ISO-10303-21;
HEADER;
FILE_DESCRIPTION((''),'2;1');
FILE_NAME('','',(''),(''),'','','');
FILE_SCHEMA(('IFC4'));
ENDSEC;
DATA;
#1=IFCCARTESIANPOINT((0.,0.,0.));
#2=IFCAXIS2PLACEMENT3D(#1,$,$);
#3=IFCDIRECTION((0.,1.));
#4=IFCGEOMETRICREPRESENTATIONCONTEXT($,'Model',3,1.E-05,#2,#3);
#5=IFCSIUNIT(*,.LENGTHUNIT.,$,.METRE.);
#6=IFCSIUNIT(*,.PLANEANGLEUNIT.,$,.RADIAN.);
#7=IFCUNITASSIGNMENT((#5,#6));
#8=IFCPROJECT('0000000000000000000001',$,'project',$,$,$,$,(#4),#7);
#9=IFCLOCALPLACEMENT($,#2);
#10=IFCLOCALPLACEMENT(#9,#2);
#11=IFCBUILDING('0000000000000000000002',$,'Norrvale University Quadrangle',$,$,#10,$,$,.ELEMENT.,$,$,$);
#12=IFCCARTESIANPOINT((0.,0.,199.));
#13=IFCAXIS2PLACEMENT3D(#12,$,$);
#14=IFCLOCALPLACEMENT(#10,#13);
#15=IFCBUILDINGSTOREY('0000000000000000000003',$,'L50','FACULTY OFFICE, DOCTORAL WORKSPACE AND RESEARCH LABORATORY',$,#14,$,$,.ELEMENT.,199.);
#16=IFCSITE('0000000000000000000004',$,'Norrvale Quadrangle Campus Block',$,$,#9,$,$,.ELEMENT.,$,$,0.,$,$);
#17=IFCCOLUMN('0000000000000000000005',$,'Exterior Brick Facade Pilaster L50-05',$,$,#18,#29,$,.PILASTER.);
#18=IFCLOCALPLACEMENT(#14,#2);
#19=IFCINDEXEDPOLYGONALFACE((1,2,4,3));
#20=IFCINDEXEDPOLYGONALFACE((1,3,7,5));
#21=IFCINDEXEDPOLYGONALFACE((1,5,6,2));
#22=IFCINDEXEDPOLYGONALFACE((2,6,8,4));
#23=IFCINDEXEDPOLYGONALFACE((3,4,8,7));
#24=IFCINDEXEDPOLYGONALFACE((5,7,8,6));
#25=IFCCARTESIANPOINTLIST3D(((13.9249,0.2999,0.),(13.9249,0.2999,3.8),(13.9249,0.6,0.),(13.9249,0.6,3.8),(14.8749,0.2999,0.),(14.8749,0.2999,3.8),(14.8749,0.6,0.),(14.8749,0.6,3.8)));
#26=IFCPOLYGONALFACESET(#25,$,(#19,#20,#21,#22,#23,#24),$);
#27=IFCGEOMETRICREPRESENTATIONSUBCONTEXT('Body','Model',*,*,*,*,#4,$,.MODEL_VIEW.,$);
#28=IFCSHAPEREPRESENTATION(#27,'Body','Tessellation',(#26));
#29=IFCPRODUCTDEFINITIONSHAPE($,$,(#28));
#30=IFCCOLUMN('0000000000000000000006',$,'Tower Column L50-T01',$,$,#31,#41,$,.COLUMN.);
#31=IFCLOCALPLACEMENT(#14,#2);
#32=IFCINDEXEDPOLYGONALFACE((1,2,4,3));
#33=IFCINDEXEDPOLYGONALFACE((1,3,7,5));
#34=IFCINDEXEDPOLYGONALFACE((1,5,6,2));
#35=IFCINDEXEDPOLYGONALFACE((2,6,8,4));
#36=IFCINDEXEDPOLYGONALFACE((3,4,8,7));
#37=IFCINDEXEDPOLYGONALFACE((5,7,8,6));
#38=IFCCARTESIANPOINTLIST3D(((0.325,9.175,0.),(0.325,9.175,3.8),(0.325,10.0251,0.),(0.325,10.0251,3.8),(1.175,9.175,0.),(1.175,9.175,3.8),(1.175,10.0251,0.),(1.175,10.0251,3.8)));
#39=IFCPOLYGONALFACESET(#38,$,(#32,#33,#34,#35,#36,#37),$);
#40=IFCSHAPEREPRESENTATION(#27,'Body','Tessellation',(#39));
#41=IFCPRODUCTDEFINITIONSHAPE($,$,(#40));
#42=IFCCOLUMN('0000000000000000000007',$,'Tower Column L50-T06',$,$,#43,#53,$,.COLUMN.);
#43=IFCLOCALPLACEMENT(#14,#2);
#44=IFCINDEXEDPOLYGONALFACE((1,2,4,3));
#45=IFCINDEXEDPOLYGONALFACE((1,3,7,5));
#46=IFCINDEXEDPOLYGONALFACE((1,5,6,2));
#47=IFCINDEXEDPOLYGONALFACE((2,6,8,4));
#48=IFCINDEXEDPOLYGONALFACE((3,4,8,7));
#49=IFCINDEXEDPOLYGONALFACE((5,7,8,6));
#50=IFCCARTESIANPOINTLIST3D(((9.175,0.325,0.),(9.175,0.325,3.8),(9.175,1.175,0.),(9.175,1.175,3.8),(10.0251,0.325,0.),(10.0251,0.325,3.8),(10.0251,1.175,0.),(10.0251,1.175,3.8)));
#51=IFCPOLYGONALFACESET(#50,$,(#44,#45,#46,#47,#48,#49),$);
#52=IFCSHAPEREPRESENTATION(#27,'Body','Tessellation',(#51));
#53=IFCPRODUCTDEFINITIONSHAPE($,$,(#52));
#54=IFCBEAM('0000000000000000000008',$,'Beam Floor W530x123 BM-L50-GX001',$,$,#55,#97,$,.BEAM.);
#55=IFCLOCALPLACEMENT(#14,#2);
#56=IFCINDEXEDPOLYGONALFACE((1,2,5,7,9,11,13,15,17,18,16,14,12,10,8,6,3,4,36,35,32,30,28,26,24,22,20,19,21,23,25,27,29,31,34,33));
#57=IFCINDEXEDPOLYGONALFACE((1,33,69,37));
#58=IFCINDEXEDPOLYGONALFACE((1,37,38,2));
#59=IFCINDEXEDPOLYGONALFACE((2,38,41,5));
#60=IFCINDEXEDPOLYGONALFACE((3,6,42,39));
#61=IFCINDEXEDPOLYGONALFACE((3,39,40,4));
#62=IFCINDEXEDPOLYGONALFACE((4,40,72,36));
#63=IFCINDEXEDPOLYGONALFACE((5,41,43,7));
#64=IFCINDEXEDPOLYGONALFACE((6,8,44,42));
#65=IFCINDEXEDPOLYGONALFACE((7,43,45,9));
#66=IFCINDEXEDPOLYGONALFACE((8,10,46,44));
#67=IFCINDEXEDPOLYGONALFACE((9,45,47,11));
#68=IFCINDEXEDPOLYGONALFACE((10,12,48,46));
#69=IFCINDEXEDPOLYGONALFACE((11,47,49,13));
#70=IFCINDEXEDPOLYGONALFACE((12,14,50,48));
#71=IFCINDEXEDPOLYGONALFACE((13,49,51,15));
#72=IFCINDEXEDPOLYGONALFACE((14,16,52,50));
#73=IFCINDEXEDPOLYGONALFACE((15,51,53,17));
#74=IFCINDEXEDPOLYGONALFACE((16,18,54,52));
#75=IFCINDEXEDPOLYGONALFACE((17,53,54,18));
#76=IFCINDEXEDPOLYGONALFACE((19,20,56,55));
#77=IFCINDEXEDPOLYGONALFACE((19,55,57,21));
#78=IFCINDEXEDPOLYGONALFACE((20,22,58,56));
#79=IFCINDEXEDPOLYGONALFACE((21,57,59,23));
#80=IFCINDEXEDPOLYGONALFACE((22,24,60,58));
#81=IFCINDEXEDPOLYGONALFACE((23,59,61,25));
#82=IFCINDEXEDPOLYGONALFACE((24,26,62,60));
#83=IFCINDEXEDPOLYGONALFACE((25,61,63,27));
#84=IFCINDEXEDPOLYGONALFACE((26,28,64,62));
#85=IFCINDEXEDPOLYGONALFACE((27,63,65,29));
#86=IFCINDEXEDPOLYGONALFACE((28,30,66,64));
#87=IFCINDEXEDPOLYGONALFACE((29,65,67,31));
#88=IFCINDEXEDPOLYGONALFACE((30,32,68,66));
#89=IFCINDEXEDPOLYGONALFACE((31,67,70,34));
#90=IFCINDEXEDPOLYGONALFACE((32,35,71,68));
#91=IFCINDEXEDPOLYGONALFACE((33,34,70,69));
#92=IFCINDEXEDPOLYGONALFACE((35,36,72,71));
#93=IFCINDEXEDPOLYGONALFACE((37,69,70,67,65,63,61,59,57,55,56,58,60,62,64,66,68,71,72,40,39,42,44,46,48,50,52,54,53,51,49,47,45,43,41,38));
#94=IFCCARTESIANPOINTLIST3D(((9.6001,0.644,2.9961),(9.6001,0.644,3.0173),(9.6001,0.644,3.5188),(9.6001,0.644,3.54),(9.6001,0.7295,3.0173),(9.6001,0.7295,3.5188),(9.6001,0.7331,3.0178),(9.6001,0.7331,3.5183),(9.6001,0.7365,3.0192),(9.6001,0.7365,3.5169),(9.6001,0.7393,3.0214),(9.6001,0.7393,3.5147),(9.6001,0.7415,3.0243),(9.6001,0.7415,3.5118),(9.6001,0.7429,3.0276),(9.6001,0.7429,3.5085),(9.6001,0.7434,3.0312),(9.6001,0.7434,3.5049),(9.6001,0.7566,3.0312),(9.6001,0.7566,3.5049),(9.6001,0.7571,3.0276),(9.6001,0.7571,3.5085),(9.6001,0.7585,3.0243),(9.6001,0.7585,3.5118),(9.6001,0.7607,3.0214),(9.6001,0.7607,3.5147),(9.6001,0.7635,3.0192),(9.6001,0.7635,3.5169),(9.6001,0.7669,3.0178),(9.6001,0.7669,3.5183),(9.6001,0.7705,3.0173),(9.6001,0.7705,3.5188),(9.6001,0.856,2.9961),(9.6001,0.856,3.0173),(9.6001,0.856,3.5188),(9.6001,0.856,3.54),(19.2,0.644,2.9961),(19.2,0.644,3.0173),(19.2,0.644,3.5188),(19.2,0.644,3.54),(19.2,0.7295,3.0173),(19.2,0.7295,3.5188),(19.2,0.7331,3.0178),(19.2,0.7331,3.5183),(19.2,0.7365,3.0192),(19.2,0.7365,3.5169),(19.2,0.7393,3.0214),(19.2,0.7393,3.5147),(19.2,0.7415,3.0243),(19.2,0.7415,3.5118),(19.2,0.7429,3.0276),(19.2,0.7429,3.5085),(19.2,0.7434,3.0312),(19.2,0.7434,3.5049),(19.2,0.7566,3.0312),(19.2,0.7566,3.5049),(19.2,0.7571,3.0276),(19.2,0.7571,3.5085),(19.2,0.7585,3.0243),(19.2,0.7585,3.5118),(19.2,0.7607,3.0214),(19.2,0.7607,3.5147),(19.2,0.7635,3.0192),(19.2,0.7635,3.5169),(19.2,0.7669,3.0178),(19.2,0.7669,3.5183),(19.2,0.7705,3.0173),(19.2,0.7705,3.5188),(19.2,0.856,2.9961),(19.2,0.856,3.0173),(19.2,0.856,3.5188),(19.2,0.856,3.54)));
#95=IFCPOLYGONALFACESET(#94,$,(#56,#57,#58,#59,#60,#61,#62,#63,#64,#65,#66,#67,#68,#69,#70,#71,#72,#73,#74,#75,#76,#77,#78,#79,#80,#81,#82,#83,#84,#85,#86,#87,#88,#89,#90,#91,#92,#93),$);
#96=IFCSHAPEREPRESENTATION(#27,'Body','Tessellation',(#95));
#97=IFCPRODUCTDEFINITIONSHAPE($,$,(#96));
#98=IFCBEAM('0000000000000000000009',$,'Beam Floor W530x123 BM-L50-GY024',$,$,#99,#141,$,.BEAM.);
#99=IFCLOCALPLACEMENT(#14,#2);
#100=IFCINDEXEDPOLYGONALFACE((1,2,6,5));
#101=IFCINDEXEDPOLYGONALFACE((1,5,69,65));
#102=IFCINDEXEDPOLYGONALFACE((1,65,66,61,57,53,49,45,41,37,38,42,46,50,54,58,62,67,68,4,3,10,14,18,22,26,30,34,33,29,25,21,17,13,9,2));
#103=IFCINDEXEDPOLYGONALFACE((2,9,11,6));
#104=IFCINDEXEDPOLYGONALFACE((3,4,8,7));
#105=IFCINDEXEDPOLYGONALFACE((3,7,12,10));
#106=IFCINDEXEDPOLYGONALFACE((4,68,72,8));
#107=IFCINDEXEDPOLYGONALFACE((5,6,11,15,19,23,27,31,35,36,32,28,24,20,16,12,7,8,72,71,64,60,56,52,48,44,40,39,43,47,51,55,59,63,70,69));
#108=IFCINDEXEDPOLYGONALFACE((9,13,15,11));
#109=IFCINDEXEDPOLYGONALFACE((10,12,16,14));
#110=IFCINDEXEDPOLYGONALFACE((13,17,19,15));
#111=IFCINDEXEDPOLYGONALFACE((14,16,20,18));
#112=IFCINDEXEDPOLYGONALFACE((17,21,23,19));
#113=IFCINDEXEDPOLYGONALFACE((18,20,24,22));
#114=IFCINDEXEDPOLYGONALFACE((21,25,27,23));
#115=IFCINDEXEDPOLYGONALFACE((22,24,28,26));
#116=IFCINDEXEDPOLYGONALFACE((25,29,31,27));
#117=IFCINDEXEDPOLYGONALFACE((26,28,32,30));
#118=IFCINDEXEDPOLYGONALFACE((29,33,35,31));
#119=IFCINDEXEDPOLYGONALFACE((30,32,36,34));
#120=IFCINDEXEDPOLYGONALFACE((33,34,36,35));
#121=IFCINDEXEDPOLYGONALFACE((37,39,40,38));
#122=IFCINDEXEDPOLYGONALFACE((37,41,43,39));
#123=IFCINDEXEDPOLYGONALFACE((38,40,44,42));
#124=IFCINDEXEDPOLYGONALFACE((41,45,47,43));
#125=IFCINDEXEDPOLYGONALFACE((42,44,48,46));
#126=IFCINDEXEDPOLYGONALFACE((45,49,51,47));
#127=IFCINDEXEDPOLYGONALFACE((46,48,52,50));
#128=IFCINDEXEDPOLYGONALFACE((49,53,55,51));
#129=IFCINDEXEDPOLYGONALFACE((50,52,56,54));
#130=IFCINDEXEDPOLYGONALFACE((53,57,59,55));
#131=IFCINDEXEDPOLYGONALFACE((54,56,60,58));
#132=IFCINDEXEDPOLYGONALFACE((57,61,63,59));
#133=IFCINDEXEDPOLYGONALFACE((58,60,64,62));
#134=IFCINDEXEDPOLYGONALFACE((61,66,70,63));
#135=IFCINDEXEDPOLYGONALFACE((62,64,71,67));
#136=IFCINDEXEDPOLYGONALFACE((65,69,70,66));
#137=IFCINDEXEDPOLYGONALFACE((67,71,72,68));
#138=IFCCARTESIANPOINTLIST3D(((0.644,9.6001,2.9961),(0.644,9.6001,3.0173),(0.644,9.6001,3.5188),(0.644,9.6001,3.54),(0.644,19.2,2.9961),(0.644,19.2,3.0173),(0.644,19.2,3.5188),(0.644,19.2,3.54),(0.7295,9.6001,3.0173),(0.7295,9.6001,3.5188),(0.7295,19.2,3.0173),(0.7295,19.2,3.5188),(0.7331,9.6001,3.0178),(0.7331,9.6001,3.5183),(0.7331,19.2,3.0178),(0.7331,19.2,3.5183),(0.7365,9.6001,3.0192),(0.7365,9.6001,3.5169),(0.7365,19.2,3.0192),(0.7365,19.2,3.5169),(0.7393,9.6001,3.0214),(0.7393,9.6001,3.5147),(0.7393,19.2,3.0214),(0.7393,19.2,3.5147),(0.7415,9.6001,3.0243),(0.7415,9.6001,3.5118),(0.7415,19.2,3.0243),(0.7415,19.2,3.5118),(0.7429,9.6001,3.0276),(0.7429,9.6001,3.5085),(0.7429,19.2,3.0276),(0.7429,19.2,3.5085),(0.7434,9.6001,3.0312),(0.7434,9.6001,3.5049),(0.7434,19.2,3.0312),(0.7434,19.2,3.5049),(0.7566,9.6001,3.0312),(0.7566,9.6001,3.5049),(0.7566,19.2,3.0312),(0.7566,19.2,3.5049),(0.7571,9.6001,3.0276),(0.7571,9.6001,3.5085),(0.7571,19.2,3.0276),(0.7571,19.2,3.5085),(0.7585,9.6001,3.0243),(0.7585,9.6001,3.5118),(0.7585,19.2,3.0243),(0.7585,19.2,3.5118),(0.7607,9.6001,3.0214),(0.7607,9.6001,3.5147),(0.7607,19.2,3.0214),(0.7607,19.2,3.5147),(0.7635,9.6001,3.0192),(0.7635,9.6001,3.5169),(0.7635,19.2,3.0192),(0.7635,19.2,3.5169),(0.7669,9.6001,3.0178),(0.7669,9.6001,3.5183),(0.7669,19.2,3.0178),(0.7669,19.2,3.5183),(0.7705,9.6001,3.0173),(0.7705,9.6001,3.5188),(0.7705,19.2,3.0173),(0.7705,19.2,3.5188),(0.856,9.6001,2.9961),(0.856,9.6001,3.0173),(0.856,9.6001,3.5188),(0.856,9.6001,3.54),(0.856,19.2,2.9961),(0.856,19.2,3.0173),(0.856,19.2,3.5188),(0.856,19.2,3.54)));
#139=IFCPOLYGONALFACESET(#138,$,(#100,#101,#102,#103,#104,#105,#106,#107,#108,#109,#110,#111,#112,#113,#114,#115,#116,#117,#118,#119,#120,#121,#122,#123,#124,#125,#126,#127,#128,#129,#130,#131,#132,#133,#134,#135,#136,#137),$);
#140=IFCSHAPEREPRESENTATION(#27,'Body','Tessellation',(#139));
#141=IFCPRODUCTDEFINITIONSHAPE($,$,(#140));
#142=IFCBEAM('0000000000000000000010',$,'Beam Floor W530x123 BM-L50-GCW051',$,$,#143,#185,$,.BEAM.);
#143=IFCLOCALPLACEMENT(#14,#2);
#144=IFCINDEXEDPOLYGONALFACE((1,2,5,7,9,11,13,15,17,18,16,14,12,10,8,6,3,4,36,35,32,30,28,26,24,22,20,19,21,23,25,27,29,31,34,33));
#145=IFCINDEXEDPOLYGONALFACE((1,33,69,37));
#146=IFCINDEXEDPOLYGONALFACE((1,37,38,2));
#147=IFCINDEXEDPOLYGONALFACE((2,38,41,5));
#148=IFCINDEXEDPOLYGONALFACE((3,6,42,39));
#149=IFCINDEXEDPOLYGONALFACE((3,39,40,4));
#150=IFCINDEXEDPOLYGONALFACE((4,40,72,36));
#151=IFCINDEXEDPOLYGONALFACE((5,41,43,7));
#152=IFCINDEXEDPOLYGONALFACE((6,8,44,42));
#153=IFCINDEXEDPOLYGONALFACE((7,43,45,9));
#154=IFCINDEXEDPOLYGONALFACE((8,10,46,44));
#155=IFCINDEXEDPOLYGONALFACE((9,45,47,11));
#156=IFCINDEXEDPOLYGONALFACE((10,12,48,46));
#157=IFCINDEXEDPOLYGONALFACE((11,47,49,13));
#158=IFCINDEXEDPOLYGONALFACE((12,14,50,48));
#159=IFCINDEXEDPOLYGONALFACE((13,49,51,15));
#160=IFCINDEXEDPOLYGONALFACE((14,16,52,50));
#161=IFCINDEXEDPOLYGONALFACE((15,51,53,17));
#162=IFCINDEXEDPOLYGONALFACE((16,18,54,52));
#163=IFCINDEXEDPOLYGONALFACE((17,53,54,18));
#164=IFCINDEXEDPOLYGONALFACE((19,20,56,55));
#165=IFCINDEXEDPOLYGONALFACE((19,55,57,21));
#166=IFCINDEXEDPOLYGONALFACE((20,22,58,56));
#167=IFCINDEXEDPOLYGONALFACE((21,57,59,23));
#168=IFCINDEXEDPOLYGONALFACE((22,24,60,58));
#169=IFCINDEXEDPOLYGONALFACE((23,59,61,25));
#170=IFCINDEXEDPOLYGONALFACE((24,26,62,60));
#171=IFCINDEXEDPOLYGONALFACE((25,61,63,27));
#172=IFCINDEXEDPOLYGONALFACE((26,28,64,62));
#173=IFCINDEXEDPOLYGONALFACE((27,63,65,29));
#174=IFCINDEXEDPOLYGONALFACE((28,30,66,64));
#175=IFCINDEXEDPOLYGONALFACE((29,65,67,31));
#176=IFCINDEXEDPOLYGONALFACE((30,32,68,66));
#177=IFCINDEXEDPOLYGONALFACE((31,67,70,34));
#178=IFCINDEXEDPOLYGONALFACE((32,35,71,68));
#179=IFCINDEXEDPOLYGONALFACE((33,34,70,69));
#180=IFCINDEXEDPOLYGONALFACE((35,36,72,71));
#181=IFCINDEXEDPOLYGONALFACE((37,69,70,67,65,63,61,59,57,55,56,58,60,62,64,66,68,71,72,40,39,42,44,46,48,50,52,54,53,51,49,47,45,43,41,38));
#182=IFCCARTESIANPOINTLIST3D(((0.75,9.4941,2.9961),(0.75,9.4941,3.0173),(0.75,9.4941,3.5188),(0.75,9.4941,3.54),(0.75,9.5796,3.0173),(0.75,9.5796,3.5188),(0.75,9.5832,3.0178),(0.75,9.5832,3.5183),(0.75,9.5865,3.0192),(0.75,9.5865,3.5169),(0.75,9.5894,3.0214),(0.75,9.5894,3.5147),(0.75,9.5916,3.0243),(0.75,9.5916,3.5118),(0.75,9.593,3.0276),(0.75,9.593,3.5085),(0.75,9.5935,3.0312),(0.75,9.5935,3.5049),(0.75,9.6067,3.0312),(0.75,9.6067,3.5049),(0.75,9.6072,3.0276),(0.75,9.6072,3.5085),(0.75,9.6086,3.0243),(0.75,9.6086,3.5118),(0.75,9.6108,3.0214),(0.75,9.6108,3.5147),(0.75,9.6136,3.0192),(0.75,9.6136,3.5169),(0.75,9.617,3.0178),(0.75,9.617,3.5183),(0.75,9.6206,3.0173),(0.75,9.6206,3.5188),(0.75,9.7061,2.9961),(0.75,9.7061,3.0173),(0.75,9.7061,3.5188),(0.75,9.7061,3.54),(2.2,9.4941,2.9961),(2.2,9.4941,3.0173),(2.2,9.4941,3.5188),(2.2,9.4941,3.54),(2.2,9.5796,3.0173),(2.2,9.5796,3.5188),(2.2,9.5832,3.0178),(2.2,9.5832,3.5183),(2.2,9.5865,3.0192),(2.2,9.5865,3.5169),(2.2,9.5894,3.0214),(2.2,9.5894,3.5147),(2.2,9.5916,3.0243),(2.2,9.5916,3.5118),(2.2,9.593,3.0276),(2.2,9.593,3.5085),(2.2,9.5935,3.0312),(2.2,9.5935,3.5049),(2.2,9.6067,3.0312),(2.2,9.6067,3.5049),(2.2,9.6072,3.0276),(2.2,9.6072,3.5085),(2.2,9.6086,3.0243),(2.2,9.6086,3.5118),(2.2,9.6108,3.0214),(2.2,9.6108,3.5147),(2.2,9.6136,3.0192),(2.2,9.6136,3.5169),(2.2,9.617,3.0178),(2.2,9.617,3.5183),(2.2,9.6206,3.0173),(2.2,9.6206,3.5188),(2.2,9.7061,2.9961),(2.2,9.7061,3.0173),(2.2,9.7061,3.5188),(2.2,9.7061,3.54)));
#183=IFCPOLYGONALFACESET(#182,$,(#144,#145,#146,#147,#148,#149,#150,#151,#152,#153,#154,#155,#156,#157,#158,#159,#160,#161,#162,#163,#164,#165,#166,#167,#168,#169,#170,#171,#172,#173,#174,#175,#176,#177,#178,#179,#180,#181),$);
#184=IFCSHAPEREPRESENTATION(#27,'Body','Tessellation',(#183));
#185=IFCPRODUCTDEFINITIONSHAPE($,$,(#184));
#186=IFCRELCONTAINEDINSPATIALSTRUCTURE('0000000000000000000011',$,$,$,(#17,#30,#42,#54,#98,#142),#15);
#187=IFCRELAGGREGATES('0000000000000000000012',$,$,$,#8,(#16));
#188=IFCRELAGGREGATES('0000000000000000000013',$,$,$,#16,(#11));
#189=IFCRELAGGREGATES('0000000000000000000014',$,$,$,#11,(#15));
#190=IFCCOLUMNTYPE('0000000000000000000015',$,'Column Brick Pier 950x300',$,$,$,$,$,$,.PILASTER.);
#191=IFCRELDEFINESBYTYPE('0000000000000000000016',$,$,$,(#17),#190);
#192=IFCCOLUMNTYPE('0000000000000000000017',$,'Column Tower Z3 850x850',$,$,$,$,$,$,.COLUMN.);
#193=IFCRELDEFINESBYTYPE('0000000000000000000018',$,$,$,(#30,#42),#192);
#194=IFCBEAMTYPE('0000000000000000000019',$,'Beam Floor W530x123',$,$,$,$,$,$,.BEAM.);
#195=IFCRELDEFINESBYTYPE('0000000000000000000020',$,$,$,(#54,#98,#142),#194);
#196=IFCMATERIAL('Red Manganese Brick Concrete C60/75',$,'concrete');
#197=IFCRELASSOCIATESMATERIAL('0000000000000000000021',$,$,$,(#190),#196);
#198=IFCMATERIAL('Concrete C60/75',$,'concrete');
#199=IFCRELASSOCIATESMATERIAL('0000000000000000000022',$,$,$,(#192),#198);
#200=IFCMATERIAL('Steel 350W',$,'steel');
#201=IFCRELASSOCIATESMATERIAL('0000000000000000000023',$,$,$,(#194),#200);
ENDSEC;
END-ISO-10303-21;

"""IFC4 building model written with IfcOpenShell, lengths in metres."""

from ifc_helpers import new_model, si_unit, direction, frame, origin, origin_2d, place, context, subcontext, project, spatial, rectangle, i_section, extrude, material, material_profile, profile_set, type_object, element, save


model = new_model("IFC4")

# Units and contexts
model_context = context("Model", 3, precision=1e-05, world=origin(), true_north=direction((0.0, 1.0)))
body_context = subcontext(model_context, "Body", "Model", "MODEL_VIEW")
ifc_project = project(units=[si_unit("LENGTHUNIT", "METRE"), si_unit("PLANEANGLEUNIT", "RADIAN")], contexts=[model_context])

# Site, building, storey
site_placement = place(None, origin())
site = spatial("IfcSite", under=ifc_project, at=site_placement, Name="Norrvale Quadrangle Campus Block", CompositionType="ELEMENT", RefElevation=0.0)
building_placement = place(site_placement, origin())
building = spatial("IfcBuilding", under=site, at=building_placement, Name="Norrvale University Quadrangle", CompositionType="ELEMENT")
storey_placement = place(building_placement, frame((0.0, 0.0, 199.0)))
storey = spatial("IfcBuildingStorey", under=building, at=storey_placement, Name="L50", Description="FACULTY OFFICE, DOCTORAL WORKSPACE AND RESEARCH LABORATORY", CompositionType="ELEMENT", Elevation=199.0)

# Columns
ifc_material_1 = material(Name="Red Manganese Brick Concrete C60/75", Category="concrete")
ifc_material_profile_1 = material_profile(ifc_material_1, rectangle(XDim=0.95, YDim=0.3, at=origin_2d()), Name="Red Manganese Brick Concrete C60/75")
ifc_profile_set_1 = profile_set([ifc_material_profile_1], Name="Red Manganese Brick Concrete C60/75")
column_type_1 = type_object("IfcColumnType", Name="Column Brick Pier 950x300", PredefinedType="PILASTER", material=ifc_profile_set_1)
column_placement = place(storey_placement, frame((14.3999, 0.45, 0.0), z_axis=(0.0, 0.0, 1.0), x_axis=(1.0, 0.0, 0.0)))
element("IfcColumn", 1, at=column_placement, inside=storey, type_object=column_type_1, Name="Exterior Brick Facade Pilaster L50-05", PredefinedType="PILASTER", context=body_context, shape_type="SweptSolid", body=[
    extrude(rectangle(XDim=0.95, YDim=0.3, at=origin_2d()), origin(), (0.0, 0.0, 1.0), 3.8),
])
ifc_material_2 = material(Name="Concrete C60/75", Category="concrete")
ifc_material_profile_2 = material_profile(ifc_material_2, rectangle(XDim=0.8501, YDim=0.8501, at=origin_2d()), Name="Concrete C60/75")
ifc_profile_set_2 = profile_set([ifc_material_profile_2], Name="Concrete C60/75")
column_type_2 = type_object("IfcColumnType", Name="Column Tower Z3 850x850", PredefinedType="COLUMN", material=ifc_profile_set_2)
for number, where, z_axis, x_axis, name in (
    (2, (0.75, 9.6001, 0.0), (0.0, 0.0, 1.0), (1.0, 0.0, 0.0), "Tower Column L50-T01"),
    (3, (9.6001, 0.75, 0.0), (0.0, 0.0, 1.0), (1.0, 0.0, 0.0), "Tower Column L50-T06"),
):
    element("IfcColumn", number, at=place(storey_placement, frame(where, z_axis=z_axis, x_axis=x_axis)), inside=storey, type_object=column_type_2, Name=name, PredefinedType="COLUMN", context=body_context, shape_type="SweptSolid", body=[
        extrude(rectangle(XDim=0.8501, YDim=0.8501, at=origin_2d()), origin(), (0.0, 0.0, 1.0), 3.8),
    ])

# Beams
ifc_material_3 = material(Name="Steel 350W", Category="steel")
ifc_material_profile_3 = material_profile(ifc_material_3, i_section(OverallWidth=0.2119, OverallDepth=0.5439, WebThickness=0.0132, FlangeThickness=0.0212, FilletRadius=0.0139, at=origin_2d()), Name="Steel 350W")
ifc_profile_set_3 = profile_set([ifc_material_profile_3], Name="Steel 350W")
beam_type_1 = type_object("IfcBeamType", Name="Beam Floor W530x123", PredefinedType="BEAM", material=ifc_profile_set_3)
for number, where, z_axis, x_axis, name in (
    (4, (9.6001, 0.75, 3.2681), (1.0, 0.0, 0.0), (0.0, 1.0, 0.0), "Beam Floor W530x123 BM-L50-GX001"),
    (5, (0.75, 9.6001, 3.2681), (0.0, 1.0, 0.0), (-1.0, 0.0, 0.0), "Beam Floor W530x123 BM-L50-GY024"),
):
    element("IfcBeam", number, at=place(storey_placement, frame(where, z_axis=z_axis, x_axis=x_axis)), inside=storey, type_object=beam_type_1, Name=name, PredefinedType="BEAM", context=body_context, shape_type="SweptSolid", body=[
        extrude(i_section(OverallWidth=0.2119, OverallDepth=0.5439, WebThickness=0.0132, FlangeThickness=0.0212, FilletRadius=0.0139, at=origin_2d()), origin(), (0.0, 0.0, 1.0), 9.5999),
    ])
beam_1_placement = place(storey_placement, frame((0.75, 9.6001, 3.2681), z_axis=(1.0, 0.0, 0.0), x_axis=(0.0, 1.0, 0.0)))
element("IfcBeam", 6, at=beam_1_placement, inside=storey, type_object=beam_type_1, Name="Beam Floor W530x123 BM-L50-GCW051", PredefinedType="BEAM", context=body_context, shape_type="SweptSolid", body=[
    extrude(i_section(OverallWidth=0.2119, OverallDepth=0.5439, WebThickness=0.0132, FlangeThickness=0.0212, FilletRadius=0.0139, at=origin_2d()), origin(), (0.0, 0.0, 1.0), 1.45),
])

save(model, "model.ifc")
